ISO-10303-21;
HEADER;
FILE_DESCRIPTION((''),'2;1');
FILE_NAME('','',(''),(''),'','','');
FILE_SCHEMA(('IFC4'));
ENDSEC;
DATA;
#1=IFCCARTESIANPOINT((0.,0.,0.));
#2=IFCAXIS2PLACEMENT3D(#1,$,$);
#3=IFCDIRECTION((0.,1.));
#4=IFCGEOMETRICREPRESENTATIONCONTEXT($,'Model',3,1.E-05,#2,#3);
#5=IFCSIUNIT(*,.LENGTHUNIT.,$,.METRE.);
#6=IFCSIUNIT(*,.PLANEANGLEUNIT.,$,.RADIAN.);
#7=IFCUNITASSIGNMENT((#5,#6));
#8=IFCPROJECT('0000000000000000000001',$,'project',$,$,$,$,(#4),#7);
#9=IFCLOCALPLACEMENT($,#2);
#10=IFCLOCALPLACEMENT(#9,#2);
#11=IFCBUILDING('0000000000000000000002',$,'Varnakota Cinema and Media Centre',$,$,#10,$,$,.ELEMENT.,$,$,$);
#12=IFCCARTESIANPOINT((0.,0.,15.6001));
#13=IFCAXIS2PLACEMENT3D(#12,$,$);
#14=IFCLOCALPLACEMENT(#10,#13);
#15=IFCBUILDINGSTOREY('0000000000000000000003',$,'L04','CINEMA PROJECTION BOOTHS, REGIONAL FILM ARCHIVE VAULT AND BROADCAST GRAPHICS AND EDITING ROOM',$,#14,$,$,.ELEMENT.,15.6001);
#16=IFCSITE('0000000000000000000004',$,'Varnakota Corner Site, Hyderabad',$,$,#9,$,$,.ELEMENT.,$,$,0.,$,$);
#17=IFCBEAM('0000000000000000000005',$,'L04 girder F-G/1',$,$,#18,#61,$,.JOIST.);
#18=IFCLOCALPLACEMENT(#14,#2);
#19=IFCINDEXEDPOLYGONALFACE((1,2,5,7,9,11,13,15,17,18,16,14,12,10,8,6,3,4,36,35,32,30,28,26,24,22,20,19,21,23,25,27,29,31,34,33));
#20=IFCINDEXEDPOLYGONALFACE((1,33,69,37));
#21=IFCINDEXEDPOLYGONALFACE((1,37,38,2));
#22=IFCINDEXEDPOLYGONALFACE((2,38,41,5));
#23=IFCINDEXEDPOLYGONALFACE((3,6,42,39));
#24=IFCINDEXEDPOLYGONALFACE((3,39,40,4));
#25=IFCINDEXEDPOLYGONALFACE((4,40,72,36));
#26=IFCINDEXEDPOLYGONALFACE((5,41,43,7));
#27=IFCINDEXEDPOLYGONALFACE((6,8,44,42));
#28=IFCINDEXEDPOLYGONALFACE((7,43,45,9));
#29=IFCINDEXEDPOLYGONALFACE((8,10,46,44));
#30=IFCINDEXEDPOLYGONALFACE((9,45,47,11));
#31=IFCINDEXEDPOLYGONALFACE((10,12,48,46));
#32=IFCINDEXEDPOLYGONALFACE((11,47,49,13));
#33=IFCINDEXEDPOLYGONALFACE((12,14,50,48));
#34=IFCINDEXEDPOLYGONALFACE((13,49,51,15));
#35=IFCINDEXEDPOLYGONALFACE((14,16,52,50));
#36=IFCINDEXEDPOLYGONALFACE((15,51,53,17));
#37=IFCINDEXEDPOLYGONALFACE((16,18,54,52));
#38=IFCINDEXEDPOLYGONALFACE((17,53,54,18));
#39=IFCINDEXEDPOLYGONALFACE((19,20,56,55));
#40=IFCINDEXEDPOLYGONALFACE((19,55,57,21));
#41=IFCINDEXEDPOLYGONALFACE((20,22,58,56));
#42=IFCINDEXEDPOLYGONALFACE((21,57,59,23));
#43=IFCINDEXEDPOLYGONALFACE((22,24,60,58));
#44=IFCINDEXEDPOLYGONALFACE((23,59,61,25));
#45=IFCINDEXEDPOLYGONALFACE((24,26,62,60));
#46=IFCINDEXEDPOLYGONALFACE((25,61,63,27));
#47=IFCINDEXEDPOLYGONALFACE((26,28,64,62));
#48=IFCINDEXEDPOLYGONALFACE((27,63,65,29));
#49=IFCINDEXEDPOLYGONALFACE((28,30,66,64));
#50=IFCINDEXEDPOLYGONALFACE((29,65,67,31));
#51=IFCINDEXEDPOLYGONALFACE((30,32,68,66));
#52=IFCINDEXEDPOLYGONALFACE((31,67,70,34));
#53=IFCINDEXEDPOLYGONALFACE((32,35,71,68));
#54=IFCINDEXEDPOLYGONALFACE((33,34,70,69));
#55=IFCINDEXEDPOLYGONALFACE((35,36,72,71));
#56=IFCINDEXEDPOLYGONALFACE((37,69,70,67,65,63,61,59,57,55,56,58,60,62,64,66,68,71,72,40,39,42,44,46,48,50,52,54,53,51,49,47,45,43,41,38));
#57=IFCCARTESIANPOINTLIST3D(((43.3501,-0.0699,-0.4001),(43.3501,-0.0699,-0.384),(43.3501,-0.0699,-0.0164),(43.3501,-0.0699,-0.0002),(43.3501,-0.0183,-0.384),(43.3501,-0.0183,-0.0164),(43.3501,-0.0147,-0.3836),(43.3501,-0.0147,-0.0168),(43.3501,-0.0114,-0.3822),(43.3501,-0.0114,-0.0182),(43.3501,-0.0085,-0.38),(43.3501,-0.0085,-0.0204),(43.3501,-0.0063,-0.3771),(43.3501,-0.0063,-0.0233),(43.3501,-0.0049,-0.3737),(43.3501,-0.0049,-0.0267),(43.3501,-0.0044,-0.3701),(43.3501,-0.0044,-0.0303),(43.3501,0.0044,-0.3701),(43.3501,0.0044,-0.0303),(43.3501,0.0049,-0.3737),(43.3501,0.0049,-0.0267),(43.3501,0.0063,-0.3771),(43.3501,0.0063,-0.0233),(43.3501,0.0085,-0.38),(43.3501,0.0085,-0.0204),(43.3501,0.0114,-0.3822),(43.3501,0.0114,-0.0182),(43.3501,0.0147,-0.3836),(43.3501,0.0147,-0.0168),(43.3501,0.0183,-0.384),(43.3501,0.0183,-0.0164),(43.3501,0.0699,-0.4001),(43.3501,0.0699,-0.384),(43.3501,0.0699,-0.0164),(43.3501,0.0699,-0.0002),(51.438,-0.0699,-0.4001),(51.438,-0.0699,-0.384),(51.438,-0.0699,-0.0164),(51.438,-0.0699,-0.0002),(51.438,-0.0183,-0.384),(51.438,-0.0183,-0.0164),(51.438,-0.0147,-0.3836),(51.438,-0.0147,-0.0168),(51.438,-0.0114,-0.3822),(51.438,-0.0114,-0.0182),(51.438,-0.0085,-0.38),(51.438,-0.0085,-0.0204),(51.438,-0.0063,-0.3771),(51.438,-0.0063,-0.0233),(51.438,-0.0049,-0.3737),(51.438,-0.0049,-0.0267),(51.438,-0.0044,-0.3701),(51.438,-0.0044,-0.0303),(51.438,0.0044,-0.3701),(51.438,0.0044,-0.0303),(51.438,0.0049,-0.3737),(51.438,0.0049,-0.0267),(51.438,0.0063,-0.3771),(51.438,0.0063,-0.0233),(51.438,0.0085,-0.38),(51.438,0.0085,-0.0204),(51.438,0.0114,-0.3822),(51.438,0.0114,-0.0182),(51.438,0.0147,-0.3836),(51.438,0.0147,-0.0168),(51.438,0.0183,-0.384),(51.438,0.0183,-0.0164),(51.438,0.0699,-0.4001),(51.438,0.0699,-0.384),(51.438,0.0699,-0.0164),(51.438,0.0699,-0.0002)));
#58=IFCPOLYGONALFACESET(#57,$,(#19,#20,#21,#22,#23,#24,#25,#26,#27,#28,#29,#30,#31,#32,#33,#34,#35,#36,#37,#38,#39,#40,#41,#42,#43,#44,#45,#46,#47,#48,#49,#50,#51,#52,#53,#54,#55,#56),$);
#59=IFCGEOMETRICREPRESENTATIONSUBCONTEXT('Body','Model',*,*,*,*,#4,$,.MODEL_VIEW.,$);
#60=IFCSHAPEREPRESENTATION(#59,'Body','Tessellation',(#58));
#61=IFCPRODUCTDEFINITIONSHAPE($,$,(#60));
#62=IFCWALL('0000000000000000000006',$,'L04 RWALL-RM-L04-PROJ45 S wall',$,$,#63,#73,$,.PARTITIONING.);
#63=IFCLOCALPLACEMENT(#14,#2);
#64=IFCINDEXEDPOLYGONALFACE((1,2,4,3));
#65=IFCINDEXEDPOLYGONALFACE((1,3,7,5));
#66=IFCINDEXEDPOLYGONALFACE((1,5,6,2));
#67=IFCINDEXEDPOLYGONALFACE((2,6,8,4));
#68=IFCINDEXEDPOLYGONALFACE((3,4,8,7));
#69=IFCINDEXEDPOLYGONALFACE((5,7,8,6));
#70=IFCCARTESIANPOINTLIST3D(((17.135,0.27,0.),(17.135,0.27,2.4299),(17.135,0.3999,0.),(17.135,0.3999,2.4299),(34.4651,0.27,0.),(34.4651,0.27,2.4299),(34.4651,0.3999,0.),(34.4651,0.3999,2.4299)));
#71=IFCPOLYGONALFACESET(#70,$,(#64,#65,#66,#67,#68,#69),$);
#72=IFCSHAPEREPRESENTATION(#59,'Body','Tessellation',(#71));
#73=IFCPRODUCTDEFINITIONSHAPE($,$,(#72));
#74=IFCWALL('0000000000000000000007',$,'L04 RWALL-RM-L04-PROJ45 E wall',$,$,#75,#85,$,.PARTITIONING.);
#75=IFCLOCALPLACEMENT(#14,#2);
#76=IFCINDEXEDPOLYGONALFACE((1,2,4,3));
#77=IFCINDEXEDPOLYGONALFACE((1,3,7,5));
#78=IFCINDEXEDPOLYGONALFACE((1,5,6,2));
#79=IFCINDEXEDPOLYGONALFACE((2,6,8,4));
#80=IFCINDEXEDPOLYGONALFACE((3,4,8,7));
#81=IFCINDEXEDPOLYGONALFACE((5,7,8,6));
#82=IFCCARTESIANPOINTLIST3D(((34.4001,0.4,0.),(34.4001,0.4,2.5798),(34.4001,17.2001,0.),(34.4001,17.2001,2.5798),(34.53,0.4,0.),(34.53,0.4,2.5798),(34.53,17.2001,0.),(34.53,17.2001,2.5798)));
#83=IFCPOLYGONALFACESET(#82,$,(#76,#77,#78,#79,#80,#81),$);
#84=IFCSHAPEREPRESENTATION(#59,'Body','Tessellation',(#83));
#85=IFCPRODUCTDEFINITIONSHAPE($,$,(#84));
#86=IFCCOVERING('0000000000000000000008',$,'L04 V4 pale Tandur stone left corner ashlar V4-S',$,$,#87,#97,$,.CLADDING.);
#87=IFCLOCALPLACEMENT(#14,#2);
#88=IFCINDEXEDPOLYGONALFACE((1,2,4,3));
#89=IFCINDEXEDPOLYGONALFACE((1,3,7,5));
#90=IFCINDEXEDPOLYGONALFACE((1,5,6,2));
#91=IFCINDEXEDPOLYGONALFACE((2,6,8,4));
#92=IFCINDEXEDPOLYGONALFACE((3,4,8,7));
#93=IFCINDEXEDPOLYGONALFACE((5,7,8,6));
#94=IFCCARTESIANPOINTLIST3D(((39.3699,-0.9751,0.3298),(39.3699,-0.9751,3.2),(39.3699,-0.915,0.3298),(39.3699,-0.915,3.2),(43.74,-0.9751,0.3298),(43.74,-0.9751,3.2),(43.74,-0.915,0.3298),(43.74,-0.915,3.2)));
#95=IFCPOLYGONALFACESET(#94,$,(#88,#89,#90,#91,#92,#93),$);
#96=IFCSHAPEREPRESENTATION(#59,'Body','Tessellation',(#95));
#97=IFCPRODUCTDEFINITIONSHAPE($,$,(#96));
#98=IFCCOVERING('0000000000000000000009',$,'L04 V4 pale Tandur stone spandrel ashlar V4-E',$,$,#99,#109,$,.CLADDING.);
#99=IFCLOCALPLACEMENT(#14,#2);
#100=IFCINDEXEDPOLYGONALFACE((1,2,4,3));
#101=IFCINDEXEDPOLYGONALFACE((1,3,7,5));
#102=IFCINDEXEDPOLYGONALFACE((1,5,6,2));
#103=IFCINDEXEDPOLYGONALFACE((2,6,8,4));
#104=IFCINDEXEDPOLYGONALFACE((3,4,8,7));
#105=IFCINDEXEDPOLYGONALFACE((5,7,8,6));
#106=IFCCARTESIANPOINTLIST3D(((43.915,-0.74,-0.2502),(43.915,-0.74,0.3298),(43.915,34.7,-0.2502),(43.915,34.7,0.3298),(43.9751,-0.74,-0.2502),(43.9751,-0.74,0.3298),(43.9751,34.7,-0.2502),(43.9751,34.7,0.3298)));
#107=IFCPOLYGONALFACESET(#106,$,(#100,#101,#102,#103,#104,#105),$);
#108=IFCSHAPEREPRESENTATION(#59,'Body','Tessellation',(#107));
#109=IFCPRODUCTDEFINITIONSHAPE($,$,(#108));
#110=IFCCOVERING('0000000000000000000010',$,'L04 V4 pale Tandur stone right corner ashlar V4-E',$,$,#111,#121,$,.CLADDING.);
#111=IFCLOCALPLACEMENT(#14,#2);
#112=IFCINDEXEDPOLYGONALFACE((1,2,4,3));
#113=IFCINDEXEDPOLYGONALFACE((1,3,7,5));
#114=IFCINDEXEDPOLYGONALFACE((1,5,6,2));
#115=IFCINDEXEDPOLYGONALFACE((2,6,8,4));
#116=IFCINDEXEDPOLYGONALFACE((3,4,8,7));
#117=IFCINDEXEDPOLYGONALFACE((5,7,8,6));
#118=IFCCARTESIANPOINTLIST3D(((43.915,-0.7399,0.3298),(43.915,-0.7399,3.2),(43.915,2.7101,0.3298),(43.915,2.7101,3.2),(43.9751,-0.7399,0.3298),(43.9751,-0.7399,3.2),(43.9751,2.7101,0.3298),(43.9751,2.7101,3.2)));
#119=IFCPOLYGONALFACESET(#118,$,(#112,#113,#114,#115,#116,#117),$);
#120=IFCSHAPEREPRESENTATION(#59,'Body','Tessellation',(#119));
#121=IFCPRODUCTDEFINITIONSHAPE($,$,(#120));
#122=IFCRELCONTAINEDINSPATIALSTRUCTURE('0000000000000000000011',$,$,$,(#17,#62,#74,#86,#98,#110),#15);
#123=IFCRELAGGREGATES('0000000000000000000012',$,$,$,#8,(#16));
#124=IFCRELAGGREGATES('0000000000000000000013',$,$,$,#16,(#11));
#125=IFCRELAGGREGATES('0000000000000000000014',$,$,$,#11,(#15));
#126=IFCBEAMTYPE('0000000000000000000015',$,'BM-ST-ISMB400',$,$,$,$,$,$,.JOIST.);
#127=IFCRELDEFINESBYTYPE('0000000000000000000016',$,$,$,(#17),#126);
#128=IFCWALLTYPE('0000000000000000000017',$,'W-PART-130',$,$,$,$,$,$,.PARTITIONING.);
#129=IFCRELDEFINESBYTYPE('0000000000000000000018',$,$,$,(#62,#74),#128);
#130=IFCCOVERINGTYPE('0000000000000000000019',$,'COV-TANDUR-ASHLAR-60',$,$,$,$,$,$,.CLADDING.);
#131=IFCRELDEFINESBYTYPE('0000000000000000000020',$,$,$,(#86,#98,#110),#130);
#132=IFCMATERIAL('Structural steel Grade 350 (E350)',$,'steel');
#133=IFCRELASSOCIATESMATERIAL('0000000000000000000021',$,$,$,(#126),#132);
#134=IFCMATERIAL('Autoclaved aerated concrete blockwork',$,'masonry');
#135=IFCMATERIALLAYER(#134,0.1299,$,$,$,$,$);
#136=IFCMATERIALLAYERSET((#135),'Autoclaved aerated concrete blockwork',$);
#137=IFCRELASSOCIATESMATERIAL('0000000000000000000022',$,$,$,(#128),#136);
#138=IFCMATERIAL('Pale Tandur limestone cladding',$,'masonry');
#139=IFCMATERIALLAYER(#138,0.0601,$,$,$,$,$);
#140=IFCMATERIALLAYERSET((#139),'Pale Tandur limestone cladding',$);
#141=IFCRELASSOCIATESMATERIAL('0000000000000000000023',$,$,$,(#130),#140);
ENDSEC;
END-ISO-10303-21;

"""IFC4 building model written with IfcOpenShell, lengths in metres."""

from ifc_helpers import new_model, si_unit, direction, frame, frame_2d, origin, origin_2d, place, context, subcontext, project, spatial, rectangle, i_section, extrude, material, layer, layer_set, material_profile, profile_set, type_object, element, save


model = new_model("IFC4")

# Units and contexts
model_context = context("Model", 3, precision=1e-05, world=origin(), true_north=direction((0.0, 1.0)))
body_context = subcontext(model_context, "Body", "Model", "MODEL_VIEW")
ifc_project = project(units=[si_unit("LENGTHUNIT", "METRE"), si_unit("PLANEANGLEUNIT", "RADIAN")], contexts=[model_context])

# Site, building, storey
site_placement = place(None, origin())
site = spatial("IfcSite", under=ifc_project, at=site_placement, Name="Varnakota Corner Site, Hyderabad", CompositionType="ELEMENT", RefElevation=0.0)
building_placement = place(site_placement, origin())
building = spatial("IfcBuilding", under=site, at=building_placement, Name="Varnakota Cinema and Media Centre", CompositionType="ELEMENT")
storey_placement = place(building_placement, frame((0.0, 0.0, 15.6001)))
storey = spatial("IfcBuildingStorey", under=building, at=storey_placement, Name="L04", Description="CINEMA PROJECTION BOOTHS, REGIONAL FILM ARCHIVE VAULT AND BROADCAST GRAPHICS AND EDITING ROOM", CompositionType="ELEMENT", Elevation=15.6001)

# Beam
ifc_material_1 = material(Name="Structural steel Grade 350 (E350)", Category="steel")
ifc_material_profile_1 = material_profile(ifc_material_1, i_section(OverallWidth=0.1399, OverallDepth=0.3999, WebThickness=0.0088, FlangeThickness=0.0161, FilletRadius=0.0139, at=origin_2d()), Name="ISMB 400")
ifc_profile_set_1 = profile_set([ifc_material_profile_1], Name="Structural steel Grade 350 (E350)")
beam_type_1 = type_object("IfcBeamType", Name="BM-ST-ISMB400", PredefinedType="JOIST", material=ifc_profile_set_1)
beam_1_placement = place(storey_placement, frame((43.3501, 0.0, -0.2002), z_axis=(1.0, 0.0, 0.0), x_axis=(0.0, 1.0, 0.0)))
element("IfcBeam", 1, at=beam_1_placement, inside=storey, type_object=beam_type_1, Name="L04 girder F-G/1", PredefinedType="JOIST", context=body_context, shape_type="SweptSolid", body=[
    extrude(i_section(OverallWidth=0.1399, OverallDepth=0.3999, WebThickness=0.0088, FlangeThickness=0.0161, FilletRadius=0.0139, at=origin_2d()), origin(), (0.0, 0.0, 1.0), 8.0879),
])

# Walls
ifc_material_2 = material(Name="Autoclaved aerated concrete blockwork", Category="masonry")
ifc_layer_1 = layer(ifc_material_2, 0.1299)
ifc_layer_set_1 = layer_set([ifc_layer_1], Name="Autoclaved aerated concrete blockwork")
wall_type = type_object("IfcWallType", Name="W-PART-130", PredefinedType="PARTITIONING", material=ifc_layer_set_1)
wall_1_placement = place(storey_placement, frame((34.4651, 0.335, 0.0), z_axis=(0.0, 0.0, 1.0), x_axis=(-1.0, 0.0, 0.0)))
element("IfcWall", 2, at=wall_1_placement, inside=storey, type_object=wall_type, Name="L04 RWALL-RM-L04-PROJ45 S wall", PredefinedType="PARTITIONING", context=body_context, shape_type="SweptSolid", body=[
    extrude(rectangle(XDim=17.3301, YDim=0.1299, at=frame_2d((8.665, 0.0))), origin(), (0.0, 0.0, 1.0), 2.4299),
])
wall_2_placement = place(storey_placement, frame((34.4651, 17.2, 0.0), z_axis=(0.0, 0.0, 1.0), x_axis=(0.0, -1.0, 0.0)))
element("IfcWall", 3, at=wall_2_placement, inside=storey, type_object=wall_type, Name="L04 RWALL-RM-L04-PROJ45 E wall", PredefinedType="PARTITIONING", context=body_context, shape_type="SweptSolid", body=[
    extrude(rectangle(XDim=16.8, YDim=0.1299, at=frame_2d((8.3999, 0.0))), origin(), (0.0, 0.0, 1.0), 2.5798),
])

# Coverings
ifc_material_3 = material(Name="Pale Tandur limestone cladding", Category="masonry")
ifc_layer_2 = layer(ifc_material_3, 0.0601)
ifc_layer_set_2 = layer_set([ifc_layer_2], Name="Pale Tandur limestone cladding")
covering_type = type_object("IfcCoveringType", Name="COV-TANDUR-ASHLAR-60", PredefinedType="CLADDING", material=ifc_layer_set_2)
covering_1_placement = place(storey_placement, frame((41.5549, -0.9451, 0.3298), z_axis=(0.0, 0.0, 1.0), x_axis=(-1.0, 0.0, 0.0)))
element("IfcCovering", 4, at=covering_1_placement, inside=storey, type_object=covering_type, Name="L04 V4 pale Tandur stone left corner ashlar V4-S", PredefinedType="CLADDING", context=body_context, shape_type="SweptSolid", body=[
    extrude(rectangle(XDim=4.3701, YDim=0.0601, at=origin_2d()), origin(), (0.0, 0.0, 1.0), 2.8701),
])
covering_2_placement = place(storey_placement, frame((43.9451, 16.98, -0.2502), z_axis=(0.0, 0.0, 1.0), x_axis=(0.0, -1.0, 0.0)))
element("IfcCovering", 5, at=covering_2_placement, inside=storey, type_object=covering_type, Name="L04 V4 pale Tandur stone spandrel ashlar V4-E", PredefinedType="CLADDING", context=body_context, shape_type="SweptSolid", body=[
    extrude(rectangle(XDim=35.4399, YDim=0.0601, at=origin_2d()), origin(), (0.0, 0.0, 1.0), 0.5801),
])
covering_3_placement = place(storey_placement, frame((43.9451, 0.9851, 0.3298), z_axis=(0.0, 0.0, 1.0), x_axis=(0.0, -1.0, 0.0)))
element("IfcCovering", 6, at=covering_3_placement, inside=storey, type_object=covering_type, Name="L04 V4 pale Tandur stone right corner ashlar V4-E", PredefinedType="CLADDING", context=body_context, shape_type="SweptSolid", body=[
    extrude(rectangle(XDim=3.45, YDim=0.0601, at=origin_2d()), origin(), (0.0, 0.0, 1.0), 2.8701),
])

save(model, "model.ifc")
